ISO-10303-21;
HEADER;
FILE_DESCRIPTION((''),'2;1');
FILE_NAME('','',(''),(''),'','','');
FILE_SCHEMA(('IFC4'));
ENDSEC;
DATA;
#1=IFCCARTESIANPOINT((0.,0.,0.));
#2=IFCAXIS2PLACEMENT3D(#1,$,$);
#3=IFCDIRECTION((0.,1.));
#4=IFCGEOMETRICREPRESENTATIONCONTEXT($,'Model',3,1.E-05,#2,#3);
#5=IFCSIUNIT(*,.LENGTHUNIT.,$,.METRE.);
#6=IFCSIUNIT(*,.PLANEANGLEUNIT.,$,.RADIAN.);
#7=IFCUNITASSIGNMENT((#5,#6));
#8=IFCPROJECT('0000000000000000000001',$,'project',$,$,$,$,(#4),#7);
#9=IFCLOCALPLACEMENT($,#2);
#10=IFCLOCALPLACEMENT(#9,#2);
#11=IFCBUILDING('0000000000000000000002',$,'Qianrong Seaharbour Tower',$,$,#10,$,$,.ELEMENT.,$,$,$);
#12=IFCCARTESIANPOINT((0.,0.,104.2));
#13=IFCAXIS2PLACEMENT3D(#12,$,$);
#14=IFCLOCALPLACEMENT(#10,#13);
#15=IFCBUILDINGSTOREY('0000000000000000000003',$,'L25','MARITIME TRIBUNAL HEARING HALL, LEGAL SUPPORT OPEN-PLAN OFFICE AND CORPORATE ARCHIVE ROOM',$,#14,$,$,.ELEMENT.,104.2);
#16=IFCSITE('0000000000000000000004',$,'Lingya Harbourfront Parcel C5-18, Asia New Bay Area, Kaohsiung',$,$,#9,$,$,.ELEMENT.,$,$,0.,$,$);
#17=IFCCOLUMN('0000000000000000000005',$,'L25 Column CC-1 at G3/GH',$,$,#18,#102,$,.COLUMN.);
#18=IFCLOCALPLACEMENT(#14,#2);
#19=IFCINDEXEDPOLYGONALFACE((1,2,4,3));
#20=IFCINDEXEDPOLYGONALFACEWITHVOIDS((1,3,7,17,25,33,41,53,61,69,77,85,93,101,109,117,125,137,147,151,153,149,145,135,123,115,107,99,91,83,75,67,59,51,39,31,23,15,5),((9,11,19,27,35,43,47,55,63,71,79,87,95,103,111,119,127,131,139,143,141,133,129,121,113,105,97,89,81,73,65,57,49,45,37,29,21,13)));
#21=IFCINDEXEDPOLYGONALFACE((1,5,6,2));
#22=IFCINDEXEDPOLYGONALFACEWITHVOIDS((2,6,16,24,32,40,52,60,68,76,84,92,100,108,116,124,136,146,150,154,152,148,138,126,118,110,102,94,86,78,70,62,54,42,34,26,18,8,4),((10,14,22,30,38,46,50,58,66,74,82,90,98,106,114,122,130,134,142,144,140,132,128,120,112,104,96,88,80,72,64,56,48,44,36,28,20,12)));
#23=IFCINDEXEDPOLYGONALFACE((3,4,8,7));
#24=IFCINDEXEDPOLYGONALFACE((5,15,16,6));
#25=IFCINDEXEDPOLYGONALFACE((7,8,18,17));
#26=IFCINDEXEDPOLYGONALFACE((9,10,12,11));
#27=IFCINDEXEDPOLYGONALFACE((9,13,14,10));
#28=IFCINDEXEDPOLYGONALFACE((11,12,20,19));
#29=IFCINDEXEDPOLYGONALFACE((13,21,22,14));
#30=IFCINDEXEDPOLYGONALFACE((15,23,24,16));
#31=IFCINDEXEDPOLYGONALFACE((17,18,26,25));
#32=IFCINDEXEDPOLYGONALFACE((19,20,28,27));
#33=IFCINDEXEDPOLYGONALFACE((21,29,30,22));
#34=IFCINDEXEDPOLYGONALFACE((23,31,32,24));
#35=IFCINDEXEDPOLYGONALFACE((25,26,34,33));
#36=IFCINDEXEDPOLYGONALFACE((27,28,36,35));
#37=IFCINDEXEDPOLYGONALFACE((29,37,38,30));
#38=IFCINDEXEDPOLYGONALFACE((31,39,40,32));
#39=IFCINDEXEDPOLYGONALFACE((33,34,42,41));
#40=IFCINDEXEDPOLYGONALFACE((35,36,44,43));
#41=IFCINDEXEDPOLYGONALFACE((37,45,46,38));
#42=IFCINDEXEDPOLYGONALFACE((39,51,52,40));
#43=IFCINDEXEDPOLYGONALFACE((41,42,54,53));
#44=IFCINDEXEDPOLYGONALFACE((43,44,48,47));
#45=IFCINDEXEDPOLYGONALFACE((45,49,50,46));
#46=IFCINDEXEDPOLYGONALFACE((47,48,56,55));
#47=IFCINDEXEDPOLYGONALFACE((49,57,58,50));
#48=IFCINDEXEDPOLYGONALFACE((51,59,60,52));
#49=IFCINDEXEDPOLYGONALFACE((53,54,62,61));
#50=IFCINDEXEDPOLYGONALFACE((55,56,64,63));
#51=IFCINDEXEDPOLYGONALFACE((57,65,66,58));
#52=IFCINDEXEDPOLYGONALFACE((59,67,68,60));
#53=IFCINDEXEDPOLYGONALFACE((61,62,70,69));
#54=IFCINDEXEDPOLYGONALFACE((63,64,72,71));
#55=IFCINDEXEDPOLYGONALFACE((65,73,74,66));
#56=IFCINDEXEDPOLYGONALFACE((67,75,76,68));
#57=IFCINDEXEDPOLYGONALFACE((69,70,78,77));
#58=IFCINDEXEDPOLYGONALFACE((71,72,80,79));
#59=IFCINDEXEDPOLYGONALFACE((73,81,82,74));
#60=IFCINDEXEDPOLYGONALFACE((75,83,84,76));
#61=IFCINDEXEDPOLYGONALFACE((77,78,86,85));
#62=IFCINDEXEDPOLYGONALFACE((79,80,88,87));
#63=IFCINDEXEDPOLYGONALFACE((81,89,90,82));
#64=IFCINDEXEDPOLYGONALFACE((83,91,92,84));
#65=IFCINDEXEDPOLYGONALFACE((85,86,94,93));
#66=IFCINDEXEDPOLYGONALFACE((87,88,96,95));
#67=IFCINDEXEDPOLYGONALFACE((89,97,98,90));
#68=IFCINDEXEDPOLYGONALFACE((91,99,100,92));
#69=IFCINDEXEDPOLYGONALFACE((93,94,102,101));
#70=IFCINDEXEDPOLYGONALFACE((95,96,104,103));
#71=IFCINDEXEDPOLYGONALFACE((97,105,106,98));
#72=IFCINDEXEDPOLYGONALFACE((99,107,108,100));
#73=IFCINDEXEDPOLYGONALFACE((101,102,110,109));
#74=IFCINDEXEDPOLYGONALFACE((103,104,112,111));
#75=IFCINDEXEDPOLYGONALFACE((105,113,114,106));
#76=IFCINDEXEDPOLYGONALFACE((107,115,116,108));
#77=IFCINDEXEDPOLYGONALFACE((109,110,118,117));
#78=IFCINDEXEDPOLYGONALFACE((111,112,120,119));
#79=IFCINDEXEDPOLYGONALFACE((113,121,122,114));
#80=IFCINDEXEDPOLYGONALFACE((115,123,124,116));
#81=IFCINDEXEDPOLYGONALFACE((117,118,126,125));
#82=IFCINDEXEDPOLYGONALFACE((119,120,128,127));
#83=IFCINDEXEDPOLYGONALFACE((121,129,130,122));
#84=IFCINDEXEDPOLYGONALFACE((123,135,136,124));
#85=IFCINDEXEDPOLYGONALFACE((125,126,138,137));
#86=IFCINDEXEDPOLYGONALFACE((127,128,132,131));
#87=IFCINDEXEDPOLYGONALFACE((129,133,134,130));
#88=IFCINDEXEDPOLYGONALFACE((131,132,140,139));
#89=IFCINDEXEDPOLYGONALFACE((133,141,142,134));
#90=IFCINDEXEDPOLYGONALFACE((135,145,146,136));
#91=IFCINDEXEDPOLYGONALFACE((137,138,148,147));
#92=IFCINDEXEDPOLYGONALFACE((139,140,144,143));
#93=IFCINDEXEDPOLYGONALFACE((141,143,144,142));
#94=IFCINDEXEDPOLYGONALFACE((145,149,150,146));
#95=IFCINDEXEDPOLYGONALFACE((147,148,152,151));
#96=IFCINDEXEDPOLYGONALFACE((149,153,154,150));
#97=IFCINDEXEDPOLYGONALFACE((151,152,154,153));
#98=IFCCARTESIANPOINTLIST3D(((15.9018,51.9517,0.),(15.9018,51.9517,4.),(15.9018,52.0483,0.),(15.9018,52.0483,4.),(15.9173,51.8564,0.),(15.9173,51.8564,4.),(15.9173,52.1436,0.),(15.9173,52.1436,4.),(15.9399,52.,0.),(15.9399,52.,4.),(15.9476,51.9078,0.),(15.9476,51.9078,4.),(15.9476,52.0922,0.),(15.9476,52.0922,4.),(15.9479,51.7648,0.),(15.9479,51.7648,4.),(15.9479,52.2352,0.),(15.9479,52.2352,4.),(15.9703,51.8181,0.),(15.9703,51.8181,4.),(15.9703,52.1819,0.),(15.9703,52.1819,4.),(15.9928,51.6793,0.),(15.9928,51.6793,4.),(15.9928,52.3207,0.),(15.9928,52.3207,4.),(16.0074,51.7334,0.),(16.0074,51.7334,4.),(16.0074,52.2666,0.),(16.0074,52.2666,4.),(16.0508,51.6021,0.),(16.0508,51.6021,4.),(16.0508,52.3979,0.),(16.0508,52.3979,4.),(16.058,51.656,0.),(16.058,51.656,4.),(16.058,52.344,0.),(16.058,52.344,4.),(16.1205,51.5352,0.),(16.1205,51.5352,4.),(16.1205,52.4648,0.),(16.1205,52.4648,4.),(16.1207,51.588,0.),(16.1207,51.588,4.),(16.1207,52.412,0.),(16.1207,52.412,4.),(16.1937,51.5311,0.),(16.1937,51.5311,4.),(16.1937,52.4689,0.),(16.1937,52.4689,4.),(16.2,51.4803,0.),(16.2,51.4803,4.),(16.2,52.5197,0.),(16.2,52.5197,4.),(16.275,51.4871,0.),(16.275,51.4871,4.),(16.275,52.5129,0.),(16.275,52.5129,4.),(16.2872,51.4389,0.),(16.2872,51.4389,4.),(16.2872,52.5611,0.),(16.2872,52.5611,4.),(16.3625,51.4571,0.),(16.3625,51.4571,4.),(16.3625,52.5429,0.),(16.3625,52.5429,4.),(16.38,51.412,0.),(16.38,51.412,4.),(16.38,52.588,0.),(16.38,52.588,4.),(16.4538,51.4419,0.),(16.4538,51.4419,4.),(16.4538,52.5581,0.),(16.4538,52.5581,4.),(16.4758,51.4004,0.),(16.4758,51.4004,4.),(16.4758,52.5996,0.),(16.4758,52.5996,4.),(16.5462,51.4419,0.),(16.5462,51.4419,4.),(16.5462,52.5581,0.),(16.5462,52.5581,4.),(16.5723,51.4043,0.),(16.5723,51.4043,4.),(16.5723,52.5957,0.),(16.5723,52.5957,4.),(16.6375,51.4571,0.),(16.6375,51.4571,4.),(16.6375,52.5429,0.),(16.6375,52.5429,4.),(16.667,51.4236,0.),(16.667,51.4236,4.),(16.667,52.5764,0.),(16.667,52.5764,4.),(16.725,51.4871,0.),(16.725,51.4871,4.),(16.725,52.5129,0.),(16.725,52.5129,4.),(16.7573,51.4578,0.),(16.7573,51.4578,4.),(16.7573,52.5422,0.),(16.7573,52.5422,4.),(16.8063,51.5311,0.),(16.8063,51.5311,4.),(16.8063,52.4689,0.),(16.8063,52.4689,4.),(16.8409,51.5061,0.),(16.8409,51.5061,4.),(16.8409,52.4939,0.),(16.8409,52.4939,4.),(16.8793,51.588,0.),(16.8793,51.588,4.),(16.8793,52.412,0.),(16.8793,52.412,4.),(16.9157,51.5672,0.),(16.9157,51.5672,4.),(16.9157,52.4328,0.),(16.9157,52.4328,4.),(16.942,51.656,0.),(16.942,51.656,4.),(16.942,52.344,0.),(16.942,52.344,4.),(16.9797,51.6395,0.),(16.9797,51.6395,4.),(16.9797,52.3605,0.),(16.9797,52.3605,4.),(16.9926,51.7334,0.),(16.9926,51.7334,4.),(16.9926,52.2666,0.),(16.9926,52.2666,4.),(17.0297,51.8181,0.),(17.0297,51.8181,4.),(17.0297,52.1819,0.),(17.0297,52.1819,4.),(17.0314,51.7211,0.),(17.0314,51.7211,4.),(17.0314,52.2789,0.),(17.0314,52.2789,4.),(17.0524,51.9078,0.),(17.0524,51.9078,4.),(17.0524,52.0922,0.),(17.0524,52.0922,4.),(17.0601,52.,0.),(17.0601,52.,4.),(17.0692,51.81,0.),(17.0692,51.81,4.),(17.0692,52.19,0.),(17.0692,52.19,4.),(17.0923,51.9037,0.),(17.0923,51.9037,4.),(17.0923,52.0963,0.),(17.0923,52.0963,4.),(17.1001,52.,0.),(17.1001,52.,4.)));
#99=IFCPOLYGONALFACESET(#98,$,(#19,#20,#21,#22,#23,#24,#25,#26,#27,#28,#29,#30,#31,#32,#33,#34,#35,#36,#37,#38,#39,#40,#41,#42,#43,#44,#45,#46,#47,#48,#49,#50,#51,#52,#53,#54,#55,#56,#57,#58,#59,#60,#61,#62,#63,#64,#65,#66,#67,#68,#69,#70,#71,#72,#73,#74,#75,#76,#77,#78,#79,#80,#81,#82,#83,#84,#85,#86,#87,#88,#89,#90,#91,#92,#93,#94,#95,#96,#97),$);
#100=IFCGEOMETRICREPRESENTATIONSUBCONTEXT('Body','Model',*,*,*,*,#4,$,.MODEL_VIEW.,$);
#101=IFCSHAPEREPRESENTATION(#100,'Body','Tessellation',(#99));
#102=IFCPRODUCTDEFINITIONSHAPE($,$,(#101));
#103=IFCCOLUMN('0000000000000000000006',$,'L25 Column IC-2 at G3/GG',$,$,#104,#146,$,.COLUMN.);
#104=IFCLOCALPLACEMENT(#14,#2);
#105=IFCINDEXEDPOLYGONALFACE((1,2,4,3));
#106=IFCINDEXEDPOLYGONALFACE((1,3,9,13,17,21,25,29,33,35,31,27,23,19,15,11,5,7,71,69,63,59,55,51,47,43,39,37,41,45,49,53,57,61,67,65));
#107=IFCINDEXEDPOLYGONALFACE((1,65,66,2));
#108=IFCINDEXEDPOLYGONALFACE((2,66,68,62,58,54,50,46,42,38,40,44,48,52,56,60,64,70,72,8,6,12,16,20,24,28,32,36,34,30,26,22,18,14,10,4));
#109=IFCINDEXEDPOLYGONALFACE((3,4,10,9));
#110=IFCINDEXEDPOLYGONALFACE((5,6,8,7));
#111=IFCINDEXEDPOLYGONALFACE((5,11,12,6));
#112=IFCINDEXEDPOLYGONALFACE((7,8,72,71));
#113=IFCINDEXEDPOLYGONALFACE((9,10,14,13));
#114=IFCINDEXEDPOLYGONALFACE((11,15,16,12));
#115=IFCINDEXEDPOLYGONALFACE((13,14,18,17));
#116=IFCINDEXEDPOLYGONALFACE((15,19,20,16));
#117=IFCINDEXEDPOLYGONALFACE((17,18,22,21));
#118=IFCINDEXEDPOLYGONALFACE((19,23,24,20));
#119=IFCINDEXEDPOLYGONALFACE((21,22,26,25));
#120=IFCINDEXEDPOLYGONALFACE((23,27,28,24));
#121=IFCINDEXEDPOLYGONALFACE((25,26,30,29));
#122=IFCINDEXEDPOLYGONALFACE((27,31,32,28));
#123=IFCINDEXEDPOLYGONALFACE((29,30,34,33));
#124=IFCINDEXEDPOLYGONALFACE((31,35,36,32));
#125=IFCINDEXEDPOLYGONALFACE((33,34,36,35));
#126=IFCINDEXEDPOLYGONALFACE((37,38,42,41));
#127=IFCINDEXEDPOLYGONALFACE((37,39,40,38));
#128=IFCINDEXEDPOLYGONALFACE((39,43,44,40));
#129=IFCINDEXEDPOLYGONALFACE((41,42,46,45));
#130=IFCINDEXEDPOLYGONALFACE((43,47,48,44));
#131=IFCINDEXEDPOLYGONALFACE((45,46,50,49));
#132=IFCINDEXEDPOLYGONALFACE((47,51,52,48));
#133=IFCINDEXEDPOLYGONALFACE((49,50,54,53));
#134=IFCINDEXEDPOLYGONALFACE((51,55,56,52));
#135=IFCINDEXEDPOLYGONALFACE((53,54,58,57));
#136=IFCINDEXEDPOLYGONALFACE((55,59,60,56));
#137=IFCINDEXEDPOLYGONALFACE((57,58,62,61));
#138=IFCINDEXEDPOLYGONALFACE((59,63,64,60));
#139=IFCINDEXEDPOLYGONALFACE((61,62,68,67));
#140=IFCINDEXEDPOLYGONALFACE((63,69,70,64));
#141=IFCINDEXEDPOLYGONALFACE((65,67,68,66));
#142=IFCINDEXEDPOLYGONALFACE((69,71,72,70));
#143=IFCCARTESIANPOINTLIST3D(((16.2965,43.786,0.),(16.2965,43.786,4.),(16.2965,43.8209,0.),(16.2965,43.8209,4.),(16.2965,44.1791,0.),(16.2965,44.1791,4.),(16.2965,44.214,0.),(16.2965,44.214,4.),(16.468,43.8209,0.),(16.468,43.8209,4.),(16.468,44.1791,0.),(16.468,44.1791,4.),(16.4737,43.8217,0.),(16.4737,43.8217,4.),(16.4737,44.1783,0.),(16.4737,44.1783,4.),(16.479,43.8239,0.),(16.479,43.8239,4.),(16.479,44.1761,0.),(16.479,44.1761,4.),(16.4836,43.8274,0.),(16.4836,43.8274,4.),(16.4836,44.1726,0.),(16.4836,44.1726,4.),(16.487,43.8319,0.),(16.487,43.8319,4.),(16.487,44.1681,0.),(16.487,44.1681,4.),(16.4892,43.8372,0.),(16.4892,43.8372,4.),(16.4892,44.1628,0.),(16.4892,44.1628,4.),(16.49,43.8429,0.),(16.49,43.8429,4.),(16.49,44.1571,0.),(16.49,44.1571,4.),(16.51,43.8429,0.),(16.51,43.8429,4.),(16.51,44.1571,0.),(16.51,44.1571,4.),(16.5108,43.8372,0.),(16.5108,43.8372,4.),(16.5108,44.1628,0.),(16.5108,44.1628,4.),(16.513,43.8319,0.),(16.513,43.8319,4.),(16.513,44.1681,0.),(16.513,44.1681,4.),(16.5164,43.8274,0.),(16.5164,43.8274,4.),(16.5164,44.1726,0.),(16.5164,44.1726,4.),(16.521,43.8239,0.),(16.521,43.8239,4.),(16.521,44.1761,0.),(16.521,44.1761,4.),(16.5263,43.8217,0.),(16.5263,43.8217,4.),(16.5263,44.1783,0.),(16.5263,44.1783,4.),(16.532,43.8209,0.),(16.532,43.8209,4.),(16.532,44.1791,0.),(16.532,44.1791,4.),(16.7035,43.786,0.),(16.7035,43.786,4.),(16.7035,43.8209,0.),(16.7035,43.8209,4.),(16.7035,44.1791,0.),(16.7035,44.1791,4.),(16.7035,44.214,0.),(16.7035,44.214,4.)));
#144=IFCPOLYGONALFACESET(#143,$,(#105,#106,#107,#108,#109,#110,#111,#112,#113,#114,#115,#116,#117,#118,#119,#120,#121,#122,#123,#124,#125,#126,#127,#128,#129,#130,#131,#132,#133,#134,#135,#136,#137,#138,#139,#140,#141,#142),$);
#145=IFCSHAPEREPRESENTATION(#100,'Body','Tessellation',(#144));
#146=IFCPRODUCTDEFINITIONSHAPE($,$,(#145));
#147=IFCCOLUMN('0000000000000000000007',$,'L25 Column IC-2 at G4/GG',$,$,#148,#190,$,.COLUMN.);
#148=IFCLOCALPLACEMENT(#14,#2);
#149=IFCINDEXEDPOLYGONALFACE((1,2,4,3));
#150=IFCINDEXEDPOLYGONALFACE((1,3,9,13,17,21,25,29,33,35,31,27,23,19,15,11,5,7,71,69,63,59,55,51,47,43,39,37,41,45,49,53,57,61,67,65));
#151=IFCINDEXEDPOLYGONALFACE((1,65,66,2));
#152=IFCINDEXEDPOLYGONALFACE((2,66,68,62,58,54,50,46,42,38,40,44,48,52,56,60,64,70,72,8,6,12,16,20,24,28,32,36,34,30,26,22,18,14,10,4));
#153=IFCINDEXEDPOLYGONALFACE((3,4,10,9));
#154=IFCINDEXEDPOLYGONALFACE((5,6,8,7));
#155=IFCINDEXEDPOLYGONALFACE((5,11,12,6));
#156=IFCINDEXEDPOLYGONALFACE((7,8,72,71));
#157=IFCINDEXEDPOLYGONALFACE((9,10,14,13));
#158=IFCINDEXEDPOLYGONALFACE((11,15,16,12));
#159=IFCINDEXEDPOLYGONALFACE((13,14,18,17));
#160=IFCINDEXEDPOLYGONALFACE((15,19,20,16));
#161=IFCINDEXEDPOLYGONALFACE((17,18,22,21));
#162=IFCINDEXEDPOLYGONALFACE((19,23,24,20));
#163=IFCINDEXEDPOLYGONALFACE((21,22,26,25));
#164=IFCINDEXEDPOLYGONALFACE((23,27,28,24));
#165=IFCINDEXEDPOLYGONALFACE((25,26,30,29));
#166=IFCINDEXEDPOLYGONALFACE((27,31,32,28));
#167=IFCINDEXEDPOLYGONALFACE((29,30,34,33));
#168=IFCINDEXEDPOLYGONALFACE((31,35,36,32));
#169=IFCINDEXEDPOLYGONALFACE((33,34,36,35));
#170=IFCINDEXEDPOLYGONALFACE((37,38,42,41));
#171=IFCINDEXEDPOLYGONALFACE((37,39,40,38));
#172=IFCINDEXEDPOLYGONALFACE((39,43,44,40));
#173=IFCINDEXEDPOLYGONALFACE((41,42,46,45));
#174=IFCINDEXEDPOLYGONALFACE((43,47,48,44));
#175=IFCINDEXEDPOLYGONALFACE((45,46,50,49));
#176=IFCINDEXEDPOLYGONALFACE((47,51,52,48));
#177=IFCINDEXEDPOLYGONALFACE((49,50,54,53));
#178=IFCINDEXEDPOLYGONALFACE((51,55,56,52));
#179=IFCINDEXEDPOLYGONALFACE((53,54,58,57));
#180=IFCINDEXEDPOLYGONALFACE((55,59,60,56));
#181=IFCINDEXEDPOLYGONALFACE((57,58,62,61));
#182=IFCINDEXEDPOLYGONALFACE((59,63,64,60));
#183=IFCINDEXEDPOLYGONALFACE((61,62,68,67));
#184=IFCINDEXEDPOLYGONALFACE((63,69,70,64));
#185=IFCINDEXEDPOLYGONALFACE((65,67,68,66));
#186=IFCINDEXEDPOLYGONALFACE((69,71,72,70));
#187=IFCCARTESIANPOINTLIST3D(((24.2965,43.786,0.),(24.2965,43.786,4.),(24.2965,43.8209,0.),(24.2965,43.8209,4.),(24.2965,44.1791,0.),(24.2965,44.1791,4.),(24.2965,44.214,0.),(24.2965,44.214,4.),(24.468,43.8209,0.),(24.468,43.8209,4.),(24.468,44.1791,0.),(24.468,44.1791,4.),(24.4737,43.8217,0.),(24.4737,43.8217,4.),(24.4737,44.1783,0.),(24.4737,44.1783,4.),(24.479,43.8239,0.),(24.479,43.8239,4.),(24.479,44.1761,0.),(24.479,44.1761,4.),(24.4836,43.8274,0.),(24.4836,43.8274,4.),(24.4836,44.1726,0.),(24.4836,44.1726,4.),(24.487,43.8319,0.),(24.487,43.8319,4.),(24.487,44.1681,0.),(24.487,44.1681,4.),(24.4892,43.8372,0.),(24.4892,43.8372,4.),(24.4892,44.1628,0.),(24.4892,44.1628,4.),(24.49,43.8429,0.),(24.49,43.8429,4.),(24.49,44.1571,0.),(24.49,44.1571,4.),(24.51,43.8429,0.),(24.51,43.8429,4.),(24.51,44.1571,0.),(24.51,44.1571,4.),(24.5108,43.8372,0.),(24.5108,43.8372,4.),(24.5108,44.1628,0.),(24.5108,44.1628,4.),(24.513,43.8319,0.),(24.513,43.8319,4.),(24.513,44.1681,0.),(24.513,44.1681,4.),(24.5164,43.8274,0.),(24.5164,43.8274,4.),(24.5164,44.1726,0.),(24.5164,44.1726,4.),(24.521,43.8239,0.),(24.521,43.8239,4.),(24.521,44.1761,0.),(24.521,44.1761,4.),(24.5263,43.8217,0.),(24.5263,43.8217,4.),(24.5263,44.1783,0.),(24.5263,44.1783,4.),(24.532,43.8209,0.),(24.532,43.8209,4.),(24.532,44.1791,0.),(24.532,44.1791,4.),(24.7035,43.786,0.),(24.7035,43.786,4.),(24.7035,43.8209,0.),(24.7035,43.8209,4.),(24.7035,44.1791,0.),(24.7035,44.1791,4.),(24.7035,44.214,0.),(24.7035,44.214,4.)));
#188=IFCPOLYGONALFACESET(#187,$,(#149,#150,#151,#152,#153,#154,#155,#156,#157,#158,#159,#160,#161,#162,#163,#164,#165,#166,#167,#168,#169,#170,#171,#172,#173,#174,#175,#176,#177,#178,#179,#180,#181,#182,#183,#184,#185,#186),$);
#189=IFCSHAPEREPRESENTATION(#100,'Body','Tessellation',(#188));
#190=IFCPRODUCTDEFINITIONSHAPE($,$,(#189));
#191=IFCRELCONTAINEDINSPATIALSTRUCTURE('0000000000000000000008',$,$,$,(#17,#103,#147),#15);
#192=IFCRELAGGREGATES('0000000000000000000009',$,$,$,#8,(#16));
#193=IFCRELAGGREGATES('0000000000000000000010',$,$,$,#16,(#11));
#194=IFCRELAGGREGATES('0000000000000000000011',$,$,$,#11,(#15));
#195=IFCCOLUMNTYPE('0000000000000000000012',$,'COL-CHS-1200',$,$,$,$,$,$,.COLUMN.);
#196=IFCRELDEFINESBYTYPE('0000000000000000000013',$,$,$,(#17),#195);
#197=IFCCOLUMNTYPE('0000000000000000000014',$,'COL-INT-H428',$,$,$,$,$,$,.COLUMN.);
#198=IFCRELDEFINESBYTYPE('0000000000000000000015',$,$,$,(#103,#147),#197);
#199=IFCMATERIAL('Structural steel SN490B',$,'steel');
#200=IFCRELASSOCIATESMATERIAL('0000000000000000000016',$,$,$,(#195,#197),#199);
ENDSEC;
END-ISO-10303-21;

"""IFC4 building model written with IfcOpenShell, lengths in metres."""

from ifc_helpers import new_model, si_unit, direction, frame, origin, origin_2d, place, context, subcontext, project, spatial, hollow_circle, i_section, extrude, material, material_profile, profile_set, type_object, element, save


model = new_model("IFC4")

# Units and contexts
model_context = context("Model", 3, precision=1e-05, world=origin(), true_north=direction((0.0, 1.0)))
body_context = subcontext(model_context, "Body", "Model", "MODEL_VIEW")
ifc_project = project(units=[si_unit("LENGTHUNIT", "METRE"), si_unit("PLANEANGLEUNIT", "RADIAN")], contexts=[model_context])

# Site, building, storey
site_placement = place(None, origin())
site = spatial("IfcSite", under=ifc_project, at=site_placement, Name="Lingya Harbourfront Parcel C5-18, Asia New Bay Area, Kaohsiung", CompositionType="ELEMENT", RefElevation=0.0)
building_placement = place(site_placement, origin())
building = spatial("IfcBuilding", under=site, at=building_placement, Name="Qianrong Seaharbour Tower", CompositionType="ELEMENT")
storey_placement = place(building_placement, frame((0.0, 0.0, 104.2)))
storey = spatial("IfcBuildingStorey", under=building, at=storey_placement, Name="L25", Description="MARITIME TRIBUNAL HEARING HALL, LEGAL SUPPORT OPEN-PLAN OFFICE AND CORPORATE ARCHIVE ROOM", CompositionType="ELEMENT", Elevation=104.2)

# Columns
ifc_material_1 = material(Name="Structural steel SN490B", Category="steel")
ifc_material_profile_1 = material_profile(ifc_material_1, hollow_circle(Radius=0.6001, WallThickness=0.04, at=origin_2d()), Name="CHS1200x40")
ifc_profile_set_1 = profile_set([ifc_material_profile_1], Name="Structural steel SN490B")
column_type_1 = type_object("IfcColumnType", Name="COL-CHS-1200", PredefinedType="COLUMN", material=ifc_profile_set_1)
column_1_placement = place(storey_placement, frame((16.5, 52.0, 0.0), z_axis=(0.0, 0.0, 1.0), x_axis=(1.0, 0.0, 0.0)))
element("IfcColumn", 1, at=column_1_placement, inside=storey, type_object=column_type_1, Name="L25 Column CC-1 at G3/GH", PredefinedType="COLUMN", context=body_context, shape_type="SweptSolid", body=[
    extrude(hollow_circle(Radius=0.6001, WallThickness=0.04, at=origin_2d()), origin(), (0.0, 0.0, 1.0), 4.0),
])
ifc_material_profile_2 = material_profile(ifc_material_1, i_section(OverallWidth=0.407, OverallDepth=0.428, WebThickness=0.02, FlangeThickness=0.0349, FilletRadius=0.022, at=origin_2d()), Name="H428x407x20x35")
ifc_profile_set_2 = profile_set([ifc_material_profile_2], Name="Structural steel SN490B")
column_type_2 = type_object("IfcColumnType", Name="COL-INT-H428", PredefinedType="COLUMN", material=ifc_profile_set_2)
for number, where, z_axis, x_axis, name in (
    (2, (16.5, 44.0, 0.0), (0.0, 0.0, 1.0), (1.0, 0.0, 0.0), "L25 Column IC-2 at G3/GG"),
    (3, (24.5, 44.0, 0.0), (0.0, 0.0, 1.0), (1.0, 0.0, 0.0), "L25 Column IC-2 at G4/GG"),
):
    element("IfcColumn", number, at=place(storey_placement, frame(where, z_axis=z_axis, x_axis=x_axis)), inside=storey, type_object=column_type_2, Name=name, PredefinedType="COLUMN", context=body_context, shape_type="SweptSolid", body=[
        extrude(i_section(OverallWidth=0.407, OverallDepth=0.428, WebThickness=0.02, FlangeThickness=0.0349, FilletRadius=0.022, at=origin_2d()), origin(), (0.0, 0.0, 1.0), 4.0),
    ])

save(model, "model.ifc")
